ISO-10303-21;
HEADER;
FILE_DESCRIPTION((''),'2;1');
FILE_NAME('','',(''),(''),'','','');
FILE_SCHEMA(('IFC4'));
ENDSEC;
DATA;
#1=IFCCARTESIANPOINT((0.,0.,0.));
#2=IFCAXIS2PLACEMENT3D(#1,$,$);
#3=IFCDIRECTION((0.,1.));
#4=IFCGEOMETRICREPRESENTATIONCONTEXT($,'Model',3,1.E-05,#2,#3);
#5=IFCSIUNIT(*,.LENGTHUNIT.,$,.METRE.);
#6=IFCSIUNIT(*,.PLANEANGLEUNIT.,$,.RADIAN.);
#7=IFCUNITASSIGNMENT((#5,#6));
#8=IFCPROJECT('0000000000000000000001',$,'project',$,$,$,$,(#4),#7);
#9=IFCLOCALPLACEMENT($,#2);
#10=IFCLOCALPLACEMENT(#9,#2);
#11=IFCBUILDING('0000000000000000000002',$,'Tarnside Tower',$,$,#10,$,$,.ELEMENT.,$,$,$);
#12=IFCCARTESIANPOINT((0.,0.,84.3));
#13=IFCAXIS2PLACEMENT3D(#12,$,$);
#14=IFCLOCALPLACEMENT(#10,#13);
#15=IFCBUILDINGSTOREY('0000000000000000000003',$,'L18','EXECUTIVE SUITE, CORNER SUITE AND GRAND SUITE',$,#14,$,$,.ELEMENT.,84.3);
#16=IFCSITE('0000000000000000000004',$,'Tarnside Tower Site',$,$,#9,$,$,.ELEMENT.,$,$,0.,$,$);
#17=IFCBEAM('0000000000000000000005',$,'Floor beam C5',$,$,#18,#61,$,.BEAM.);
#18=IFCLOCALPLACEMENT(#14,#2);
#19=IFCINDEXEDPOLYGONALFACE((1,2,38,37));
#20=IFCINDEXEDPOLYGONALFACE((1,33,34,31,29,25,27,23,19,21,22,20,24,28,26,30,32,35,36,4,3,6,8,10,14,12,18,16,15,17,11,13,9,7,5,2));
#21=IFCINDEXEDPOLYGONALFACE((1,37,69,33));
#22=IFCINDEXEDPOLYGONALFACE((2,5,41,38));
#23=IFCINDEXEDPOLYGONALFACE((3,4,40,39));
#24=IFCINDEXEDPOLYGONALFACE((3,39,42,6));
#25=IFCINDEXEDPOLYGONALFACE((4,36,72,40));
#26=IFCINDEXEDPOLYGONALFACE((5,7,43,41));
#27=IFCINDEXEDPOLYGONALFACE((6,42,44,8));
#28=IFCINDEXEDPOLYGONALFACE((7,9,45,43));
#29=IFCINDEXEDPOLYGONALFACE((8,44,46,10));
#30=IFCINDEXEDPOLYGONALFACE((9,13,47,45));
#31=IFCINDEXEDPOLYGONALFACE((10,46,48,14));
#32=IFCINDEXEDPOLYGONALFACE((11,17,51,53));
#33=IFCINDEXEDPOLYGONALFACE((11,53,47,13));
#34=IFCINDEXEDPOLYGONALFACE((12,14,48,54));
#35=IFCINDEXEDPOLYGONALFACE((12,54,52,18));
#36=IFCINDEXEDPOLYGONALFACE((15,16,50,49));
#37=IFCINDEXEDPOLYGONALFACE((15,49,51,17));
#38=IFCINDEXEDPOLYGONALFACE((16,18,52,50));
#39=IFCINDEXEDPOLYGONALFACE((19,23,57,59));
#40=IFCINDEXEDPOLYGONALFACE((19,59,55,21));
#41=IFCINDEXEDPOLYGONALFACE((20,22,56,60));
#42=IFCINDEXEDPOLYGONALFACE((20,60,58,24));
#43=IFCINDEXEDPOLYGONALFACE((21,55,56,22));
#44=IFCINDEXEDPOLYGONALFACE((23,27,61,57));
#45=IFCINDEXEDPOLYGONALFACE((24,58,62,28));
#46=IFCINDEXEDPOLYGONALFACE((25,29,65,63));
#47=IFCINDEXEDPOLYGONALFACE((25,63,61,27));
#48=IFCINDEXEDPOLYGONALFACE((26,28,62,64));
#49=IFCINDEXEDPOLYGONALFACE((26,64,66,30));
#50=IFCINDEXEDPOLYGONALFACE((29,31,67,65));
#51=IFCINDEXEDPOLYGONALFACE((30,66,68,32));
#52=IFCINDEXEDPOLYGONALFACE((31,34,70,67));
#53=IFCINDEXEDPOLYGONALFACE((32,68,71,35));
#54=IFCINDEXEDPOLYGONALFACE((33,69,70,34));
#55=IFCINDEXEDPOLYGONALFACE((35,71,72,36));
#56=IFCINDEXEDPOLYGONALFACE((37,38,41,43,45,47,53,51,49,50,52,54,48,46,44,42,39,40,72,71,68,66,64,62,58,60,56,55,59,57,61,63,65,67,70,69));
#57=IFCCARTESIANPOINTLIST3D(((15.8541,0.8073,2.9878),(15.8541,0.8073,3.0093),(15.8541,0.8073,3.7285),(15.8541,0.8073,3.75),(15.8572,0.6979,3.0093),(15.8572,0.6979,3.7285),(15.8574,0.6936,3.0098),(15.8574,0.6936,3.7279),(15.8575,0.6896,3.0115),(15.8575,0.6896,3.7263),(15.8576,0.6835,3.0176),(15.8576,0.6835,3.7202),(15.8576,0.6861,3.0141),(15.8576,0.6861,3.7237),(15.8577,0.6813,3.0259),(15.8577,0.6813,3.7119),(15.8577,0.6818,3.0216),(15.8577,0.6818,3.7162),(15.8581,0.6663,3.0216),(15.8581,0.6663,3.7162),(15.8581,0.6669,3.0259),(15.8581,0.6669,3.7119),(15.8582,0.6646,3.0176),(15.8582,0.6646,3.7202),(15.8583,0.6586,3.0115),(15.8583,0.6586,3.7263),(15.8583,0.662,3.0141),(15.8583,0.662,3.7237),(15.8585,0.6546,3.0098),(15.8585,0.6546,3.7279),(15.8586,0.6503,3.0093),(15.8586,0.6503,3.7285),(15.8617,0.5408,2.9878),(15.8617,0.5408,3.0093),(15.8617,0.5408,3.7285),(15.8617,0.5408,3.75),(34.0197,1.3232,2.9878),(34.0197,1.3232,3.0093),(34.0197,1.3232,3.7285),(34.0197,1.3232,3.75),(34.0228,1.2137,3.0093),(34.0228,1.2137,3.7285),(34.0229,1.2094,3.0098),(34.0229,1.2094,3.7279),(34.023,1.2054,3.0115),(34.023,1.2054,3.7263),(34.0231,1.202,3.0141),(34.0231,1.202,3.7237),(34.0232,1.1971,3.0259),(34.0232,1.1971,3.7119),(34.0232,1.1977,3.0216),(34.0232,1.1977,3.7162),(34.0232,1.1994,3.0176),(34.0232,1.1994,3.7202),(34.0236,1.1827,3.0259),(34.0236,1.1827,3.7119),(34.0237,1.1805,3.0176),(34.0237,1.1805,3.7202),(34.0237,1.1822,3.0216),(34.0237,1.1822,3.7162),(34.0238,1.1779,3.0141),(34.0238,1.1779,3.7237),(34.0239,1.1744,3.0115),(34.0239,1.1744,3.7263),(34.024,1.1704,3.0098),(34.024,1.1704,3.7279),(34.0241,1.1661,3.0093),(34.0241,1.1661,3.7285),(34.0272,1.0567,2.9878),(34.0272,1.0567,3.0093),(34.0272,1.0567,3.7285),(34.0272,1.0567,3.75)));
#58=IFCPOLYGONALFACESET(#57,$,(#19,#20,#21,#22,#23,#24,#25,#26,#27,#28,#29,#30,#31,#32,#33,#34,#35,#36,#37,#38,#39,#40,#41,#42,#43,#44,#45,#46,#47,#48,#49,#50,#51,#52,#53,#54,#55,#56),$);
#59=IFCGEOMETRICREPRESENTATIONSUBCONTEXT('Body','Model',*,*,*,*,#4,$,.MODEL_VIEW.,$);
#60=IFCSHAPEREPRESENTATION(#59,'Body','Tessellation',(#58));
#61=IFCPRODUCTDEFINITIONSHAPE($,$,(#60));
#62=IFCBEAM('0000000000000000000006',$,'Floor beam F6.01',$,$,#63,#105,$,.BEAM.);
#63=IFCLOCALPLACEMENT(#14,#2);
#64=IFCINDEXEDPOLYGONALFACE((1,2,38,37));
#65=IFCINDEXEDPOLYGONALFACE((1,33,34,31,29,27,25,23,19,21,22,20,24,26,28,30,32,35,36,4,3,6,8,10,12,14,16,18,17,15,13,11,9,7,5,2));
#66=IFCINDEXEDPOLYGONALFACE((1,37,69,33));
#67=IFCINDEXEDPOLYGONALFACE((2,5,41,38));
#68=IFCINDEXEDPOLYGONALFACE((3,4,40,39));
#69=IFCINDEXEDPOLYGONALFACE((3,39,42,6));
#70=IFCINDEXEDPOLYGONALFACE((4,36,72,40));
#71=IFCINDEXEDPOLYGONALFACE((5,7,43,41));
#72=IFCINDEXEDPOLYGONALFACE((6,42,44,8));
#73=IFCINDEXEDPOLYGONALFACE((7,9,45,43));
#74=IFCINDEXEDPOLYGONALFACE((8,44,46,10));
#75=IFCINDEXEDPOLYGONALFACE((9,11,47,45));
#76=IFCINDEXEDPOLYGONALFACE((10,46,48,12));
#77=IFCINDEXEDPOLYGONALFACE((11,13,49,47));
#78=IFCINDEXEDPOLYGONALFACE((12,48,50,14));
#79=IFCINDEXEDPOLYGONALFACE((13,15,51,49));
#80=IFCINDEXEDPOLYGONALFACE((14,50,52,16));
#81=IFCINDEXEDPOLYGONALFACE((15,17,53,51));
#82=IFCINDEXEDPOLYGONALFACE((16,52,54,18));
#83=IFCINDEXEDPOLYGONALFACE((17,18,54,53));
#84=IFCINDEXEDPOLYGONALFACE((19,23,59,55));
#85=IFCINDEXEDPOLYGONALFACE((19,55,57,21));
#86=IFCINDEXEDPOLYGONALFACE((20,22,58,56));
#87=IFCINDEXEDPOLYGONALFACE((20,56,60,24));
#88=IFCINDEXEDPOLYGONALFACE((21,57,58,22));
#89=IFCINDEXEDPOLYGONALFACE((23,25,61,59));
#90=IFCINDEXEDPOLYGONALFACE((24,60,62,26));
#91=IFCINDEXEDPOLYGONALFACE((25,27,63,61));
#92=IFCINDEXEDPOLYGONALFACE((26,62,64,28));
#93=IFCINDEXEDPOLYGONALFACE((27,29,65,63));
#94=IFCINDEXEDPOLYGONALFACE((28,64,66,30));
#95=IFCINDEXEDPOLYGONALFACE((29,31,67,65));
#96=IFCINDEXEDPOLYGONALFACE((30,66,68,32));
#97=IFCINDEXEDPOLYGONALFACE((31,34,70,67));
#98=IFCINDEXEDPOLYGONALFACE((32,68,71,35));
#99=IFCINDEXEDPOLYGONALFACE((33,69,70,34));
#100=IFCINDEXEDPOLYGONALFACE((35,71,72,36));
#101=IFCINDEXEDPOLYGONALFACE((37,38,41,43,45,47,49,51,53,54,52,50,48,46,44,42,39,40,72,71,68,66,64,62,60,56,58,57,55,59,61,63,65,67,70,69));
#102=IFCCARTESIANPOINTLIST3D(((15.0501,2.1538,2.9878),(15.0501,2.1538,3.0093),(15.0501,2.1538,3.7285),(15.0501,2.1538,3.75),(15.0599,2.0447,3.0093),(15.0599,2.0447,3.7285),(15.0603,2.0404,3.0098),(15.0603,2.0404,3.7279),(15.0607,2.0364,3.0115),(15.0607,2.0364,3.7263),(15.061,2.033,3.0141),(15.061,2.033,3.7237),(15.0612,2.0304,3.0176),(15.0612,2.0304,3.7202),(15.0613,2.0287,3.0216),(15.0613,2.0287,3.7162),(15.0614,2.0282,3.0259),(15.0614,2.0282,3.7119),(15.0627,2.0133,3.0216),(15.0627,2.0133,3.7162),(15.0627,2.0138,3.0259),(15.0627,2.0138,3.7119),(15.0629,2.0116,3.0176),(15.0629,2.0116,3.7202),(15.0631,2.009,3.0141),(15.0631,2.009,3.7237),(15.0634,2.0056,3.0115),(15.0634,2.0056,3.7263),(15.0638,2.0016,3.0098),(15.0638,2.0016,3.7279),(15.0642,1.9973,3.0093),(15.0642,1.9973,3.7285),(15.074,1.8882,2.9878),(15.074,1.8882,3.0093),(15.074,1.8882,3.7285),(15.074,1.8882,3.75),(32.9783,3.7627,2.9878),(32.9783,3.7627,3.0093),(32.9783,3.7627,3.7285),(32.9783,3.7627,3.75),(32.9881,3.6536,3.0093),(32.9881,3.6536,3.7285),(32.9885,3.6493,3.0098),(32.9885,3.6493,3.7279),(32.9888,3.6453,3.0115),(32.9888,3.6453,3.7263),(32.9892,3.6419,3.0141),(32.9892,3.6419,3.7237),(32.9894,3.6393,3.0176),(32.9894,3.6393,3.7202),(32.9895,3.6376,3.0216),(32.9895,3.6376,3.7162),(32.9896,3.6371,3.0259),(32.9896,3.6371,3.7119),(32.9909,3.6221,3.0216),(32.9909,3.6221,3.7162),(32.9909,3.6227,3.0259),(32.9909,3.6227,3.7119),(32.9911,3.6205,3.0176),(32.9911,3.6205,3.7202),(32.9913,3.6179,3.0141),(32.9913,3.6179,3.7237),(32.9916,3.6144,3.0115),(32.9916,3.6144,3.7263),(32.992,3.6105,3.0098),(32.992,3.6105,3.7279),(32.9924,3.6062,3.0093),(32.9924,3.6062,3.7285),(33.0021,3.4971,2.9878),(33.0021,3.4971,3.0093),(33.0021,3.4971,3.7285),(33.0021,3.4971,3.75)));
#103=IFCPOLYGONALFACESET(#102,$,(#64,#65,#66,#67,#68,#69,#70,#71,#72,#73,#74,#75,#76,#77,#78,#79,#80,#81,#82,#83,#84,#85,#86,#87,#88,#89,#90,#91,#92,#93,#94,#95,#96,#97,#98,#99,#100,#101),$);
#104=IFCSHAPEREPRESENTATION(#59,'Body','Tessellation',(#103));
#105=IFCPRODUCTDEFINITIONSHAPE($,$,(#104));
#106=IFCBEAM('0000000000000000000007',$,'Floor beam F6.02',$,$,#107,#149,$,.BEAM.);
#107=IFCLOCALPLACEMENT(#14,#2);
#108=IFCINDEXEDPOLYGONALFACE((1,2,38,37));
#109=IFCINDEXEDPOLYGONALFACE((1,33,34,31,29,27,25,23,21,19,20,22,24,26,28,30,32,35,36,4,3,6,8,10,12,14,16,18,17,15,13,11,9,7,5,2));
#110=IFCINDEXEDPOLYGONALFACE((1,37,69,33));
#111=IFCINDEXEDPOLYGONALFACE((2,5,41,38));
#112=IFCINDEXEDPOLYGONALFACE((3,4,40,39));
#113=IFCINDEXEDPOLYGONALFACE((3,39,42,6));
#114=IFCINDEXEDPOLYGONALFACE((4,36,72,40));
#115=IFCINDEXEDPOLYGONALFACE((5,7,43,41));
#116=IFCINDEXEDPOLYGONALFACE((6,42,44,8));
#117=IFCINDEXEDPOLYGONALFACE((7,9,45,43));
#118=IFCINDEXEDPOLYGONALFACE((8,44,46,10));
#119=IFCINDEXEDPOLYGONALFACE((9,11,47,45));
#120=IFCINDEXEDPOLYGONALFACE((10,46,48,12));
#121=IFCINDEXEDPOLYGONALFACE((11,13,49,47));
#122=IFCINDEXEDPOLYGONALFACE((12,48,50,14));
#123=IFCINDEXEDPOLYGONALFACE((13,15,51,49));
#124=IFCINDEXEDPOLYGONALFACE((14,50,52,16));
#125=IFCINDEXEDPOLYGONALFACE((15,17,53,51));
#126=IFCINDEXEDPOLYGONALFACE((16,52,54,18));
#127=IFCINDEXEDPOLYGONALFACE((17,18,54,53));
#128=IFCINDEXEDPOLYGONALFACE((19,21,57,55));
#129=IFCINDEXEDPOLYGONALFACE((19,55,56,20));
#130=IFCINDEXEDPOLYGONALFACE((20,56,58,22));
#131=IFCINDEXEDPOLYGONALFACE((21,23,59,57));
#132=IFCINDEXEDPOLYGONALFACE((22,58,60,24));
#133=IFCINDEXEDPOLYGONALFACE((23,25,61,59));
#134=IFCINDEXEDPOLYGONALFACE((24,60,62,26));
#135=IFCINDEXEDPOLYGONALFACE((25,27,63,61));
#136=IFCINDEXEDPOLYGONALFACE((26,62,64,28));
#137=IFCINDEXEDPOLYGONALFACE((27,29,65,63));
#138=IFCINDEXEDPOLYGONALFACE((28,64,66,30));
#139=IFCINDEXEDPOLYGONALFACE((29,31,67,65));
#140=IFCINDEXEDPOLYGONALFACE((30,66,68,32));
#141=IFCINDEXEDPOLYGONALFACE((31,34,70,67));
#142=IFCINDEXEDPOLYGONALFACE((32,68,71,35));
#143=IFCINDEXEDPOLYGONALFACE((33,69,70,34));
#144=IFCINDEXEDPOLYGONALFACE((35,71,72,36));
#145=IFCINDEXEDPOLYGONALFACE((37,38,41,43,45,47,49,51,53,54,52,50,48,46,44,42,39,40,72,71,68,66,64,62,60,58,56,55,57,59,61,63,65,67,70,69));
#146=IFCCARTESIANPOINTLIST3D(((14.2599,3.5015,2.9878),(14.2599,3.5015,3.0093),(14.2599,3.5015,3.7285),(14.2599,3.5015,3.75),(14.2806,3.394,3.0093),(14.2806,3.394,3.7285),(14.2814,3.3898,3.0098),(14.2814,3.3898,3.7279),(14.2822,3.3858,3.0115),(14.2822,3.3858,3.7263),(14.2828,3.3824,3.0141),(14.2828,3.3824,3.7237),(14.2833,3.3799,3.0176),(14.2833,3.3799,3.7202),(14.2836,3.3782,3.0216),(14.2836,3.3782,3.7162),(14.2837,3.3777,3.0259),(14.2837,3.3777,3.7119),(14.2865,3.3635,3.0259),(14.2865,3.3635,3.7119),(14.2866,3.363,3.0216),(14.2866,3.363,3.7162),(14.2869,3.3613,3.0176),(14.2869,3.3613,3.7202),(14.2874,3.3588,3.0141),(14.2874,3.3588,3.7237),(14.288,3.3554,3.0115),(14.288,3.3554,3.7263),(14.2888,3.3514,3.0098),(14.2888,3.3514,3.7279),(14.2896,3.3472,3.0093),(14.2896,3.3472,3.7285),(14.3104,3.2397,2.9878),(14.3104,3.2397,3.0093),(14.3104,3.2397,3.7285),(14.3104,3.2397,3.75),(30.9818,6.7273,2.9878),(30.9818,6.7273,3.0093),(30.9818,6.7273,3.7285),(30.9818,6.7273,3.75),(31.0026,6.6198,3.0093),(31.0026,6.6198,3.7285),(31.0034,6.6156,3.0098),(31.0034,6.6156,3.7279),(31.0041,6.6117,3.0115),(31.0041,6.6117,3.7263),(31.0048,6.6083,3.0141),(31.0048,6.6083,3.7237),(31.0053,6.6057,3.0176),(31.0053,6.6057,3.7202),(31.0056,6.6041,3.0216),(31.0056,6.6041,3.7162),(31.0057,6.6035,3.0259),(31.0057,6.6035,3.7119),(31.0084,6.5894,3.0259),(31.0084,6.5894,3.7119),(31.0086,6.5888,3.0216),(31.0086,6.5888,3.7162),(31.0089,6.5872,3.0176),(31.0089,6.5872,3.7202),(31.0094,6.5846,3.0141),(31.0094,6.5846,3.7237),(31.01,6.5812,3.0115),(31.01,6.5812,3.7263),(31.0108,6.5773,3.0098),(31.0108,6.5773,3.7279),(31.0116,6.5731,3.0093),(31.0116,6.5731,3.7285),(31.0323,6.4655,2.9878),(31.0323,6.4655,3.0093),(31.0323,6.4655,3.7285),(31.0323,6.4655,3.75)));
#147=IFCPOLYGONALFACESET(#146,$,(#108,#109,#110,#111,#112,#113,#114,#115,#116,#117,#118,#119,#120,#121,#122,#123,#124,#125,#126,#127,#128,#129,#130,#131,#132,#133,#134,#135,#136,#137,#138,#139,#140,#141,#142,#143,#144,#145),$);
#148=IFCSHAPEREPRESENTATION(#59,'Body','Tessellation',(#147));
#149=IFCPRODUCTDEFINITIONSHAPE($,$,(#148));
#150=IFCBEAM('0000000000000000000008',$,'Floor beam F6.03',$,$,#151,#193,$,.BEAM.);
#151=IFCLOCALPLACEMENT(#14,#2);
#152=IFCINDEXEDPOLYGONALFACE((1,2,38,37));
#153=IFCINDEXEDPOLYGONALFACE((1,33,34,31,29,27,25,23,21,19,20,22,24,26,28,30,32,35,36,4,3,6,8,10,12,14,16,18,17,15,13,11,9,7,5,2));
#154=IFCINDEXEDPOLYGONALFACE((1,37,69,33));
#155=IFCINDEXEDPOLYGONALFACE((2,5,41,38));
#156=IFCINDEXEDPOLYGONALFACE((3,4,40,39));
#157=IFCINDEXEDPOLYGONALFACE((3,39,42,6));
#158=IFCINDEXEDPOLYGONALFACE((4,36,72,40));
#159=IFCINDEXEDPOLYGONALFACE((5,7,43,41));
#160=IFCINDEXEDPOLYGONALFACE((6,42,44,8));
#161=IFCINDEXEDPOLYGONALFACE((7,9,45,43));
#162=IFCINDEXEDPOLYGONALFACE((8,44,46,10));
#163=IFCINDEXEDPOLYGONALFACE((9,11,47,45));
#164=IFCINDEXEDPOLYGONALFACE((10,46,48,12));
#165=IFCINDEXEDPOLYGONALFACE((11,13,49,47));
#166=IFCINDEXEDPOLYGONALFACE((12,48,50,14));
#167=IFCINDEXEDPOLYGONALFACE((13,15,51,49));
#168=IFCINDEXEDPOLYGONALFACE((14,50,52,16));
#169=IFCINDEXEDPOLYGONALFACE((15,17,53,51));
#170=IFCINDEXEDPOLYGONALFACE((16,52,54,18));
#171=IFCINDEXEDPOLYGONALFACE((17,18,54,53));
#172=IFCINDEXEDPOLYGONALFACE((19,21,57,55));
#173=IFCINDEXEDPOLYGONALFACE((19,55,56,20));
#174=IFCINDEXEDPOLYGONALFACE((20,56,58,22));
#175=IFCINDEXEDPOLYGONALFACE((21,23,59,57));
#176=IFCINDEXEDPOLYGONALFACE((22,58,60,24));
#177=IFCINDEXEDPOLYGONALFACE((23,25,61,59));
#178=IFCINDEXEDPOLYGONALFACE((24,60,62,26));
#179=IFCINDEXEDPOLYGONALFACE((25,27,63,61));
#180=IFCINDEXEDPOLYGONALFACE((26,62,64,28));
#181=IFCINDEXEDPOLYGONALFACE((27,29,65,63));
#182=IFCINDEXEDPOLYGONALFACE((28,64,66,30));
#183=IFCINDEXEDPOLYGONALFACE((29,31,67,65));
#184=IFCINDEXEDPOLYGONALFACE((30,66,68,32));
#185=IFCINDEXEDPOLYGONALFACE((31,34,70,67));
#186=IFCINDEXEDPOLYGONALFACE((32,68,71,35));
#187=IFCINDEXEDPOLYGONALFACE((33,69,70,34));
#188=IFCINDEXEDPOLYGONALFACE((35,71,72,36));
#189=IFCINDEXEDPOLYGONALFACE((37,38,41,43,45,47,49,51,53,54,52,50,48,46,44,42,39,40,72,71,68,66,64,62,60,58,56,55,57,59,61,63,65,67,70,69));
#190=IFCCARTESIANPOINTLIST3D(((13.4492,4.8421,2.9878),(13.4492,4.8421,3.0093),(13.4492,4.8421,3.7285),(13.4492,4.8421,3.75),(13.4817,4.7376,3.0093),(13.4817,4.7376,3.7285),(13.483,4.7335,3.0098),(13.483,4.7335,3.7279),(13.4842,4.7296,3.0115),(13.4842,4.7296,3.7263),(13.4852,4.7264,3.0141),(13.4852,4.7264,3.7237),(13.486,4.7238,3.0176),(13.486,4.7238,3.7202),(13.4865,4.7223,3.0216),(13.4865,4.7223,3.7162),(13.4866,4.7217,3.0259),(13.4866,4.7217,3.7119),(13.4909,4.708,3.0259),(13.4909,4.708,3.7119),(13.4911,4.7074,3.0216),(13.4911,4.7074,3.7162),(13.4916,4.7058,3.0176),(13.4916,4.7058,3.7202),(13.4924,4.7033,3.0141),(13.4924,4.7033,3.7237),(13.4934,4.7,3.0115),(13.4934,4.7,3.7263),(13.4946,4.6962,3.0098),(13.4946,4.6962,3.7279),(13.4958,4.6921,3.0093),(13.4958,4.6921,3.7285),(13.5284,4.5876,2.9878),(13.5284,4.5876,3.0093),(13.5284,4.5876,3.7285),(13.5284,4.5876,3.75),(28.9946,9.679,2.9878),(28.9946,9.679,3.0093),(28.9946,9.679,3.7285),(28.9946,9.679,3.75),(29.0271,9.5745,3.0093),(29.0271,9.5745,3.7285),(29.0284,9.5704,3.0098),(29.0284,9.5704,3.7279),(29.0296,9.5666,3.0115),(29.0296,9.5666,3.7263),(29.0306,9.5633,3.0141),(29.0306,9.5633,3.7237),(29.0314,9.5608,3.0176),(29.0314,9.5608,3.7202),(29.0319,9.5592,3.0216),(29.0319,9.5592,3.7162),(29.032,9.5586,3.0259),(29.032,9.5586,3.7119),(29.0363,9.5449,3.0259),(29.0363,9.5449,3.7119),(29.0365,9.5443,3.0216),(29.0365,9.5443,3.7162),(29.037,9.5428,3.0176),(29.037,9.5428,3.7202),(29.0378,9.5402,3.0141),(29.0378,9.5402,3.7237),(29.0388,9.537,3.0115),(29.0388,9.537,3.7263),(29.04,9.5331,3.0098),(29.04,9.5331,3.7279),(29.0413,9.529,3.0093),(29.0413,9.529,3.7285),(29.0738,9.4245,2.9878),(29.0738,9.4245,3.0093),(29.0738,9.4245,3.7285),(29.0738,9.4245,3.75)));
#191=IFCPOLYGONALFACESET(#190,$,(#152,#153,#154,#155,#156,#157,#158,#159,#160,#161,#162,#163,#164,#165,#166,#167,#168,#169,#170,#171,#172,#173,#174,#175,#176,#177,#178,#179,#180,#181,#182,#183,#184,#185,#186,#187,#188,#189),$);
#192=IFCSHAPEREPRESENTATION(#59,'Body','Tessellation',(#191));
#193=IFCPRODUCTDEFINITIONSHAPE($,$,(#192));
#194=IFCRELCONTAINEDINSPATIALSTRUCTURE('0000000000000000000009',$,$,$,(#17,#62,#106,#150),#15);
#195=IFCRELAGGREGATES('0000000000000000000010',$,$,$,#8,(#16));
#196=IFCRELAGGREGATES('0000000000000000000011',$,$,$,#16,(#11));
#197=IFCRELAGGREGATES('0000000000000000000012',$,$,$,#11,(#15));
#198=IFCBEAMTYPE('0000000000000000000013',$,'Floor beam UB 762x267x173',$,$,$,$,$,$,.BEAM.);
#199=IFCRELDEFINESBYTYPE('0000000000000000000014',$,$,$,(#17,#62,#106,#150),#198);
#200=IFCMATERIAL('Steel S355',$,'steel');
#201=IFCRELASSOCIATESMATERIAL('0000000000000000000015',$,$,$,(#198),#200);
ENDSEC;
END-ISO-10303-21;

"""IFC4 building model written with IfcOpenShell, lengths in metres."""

from ifc_helpers import new_model, si_unit, direction, frame, origin, origin_2d, place, context, subcontext, project, spatial, i_section, extrude, material, material_profile, profile_set, type_object, element, save


model = new_model("IFC4")

# Units and contexts
model_context = context("Model", 3, precision=1e-05, world=origin(), true_north=direction((0.0, 1.0)))
body_context = subcontext(model_context, "Body", "Model", "MODEL_VIEW")
ifc_project = project(units=[si_unit("LENGTHUNIT", "METRE"), si_unit("PLANEANGLEUNIT", "RADIAN")], contexts=[model_context])

# Site, building, storey
site_placement = place(None, origin())
site = spatial("IfcSite", under=ifc_project, at=site_placement, Name="Tarnside Tower Site", CompositionType="ELEMENT", RefElevation=0.0)
building_placement = place(site_placement, origin())
building = spatial("IfcBuilding", under=site, at=building_placement, Name="Tarnside Tower", CompositionType="ELEMENT")
storey_placement = place(building_placement, frame((0.0, 0.0, 84.3)))
storey = spatial("IfcBuildingStorey", under=building, at=storey_placement, Name="L18", Description="EXECUTIVE SUITE, CORNER SUITE AND GRAND SUITE", CompositionType="ELEMENT", Elevation=84.3)

# Beams
ifc_material_1 = material(Name="Steel S355", Category="steel")
ifc_material_profile = material_profile(ifc_material_1, i_section(OverallWidth=0.2666, OverallDepth=0.7622, WebThickness=0.0144, FlangeThickness=0.0215, FilletRadius=0.0166, at=origin_2d()), Name="UB 762x267x173")
ifc_profile_set = profile_set([ifc_material_profile], Name="Steel S355")
beam_type = type_object("IfcBeamType", Name="Floor beam UB 762x267x173", PredefinedType="BEAM", material=ifc_profile_set)
beam_1_placement = place(storey_placement, frame((34.0234, 1.1899, 3.3689), z_axis=(-0.999597, -0.028387, 0.0), x_axis=(0.028387, -0.999597, 0.0)))
element("IfcBeam", 1, at=beam_1_placement, inside=storey, type_object=beam_type, Name="Floor beam C5", PredefinedType="BEAM", context=body_context, shape_type="SweptSolid", body=[
    extrude(i_section(OverallWidth=0.2666, OverallDepth=0.7622, WebThickness=0.0144, FlangeThickness=0.0215, FilletRadius=0.0166, at=origin_2d()), origin(), (0.0, 0.0, 1.0), 18.1729),
])
beam_2_placement = place(storey_placement, frame((32.9902, 3.6299, 3.3689), z_axis=(-0.995997, -0.089381, 0.0), x_axis=(0.089381, -0.995997, 0.0)))
element("IfcBeam", 2, at=beam_2_placement, inside=storey, type_object=beam_type, Name="Floor beam F6.01", PredefinedType="BEAM", context=body_context, shape_type="SweptSolid", body=[
    extrude(i_section(OverallWidth=0.2666, OverallDepth=0.7622, WebThickness=0.0144, FlangeThickness=0.0215, FilletRadius=0.0166, at=origin_2d()), origin(), (0.0, 0.0, 1.0), 18.0002),
])
beam_3_placement = place(storey_placement, frame((31.0071, 6.5964, 3.3689), z_axis=(-0.981897, -0.189418, 0.0), x_axis=(0.189418, -0.981897, 0.0)))
element("IfcBeam", 3, at=beam_3_placement, inside=storey, type_object=beam_type, Name="Floor beam F6.02", PredefinedType="BEAM", context=body_context, shape_type="SweptSolid", body=[
    extrude(i_section(OverallWidth=0.2666, OverallDepth=0.7622, WebThickness=0.0144, FlangeThickness=0.0215, FilletRadius=0.0166, at=origin_2d()), origin(), (0.0, 0.0, 1.0), 17.0303),
])
beam_4_placement = place(storey_placement, frame((29.0342, 9.5518, 3.3689), z_axis=(-0.954847, -0.297098, 0.0), x_axis=(0.297098, -0.954847, 0.0)))
element("IfcBeam", 4, at=beam_4_placement, inside=storey, type_object=beam_type, Name="Floor beam F6.03", PredefinedType="BEAM", context=body_context, shape_type="SweptSolid", body=[
    extrude(i_section(OverallWidth=0.2666, OverallDepth=0.7622, WebThickness=0.0144, FlangeThickness=0.0215, FilletRadius=0.0166, at=origin_2d()), origin(), (0.0, 0.0, 1.0), 16.2805),
])

save(model, "model.ifc")
